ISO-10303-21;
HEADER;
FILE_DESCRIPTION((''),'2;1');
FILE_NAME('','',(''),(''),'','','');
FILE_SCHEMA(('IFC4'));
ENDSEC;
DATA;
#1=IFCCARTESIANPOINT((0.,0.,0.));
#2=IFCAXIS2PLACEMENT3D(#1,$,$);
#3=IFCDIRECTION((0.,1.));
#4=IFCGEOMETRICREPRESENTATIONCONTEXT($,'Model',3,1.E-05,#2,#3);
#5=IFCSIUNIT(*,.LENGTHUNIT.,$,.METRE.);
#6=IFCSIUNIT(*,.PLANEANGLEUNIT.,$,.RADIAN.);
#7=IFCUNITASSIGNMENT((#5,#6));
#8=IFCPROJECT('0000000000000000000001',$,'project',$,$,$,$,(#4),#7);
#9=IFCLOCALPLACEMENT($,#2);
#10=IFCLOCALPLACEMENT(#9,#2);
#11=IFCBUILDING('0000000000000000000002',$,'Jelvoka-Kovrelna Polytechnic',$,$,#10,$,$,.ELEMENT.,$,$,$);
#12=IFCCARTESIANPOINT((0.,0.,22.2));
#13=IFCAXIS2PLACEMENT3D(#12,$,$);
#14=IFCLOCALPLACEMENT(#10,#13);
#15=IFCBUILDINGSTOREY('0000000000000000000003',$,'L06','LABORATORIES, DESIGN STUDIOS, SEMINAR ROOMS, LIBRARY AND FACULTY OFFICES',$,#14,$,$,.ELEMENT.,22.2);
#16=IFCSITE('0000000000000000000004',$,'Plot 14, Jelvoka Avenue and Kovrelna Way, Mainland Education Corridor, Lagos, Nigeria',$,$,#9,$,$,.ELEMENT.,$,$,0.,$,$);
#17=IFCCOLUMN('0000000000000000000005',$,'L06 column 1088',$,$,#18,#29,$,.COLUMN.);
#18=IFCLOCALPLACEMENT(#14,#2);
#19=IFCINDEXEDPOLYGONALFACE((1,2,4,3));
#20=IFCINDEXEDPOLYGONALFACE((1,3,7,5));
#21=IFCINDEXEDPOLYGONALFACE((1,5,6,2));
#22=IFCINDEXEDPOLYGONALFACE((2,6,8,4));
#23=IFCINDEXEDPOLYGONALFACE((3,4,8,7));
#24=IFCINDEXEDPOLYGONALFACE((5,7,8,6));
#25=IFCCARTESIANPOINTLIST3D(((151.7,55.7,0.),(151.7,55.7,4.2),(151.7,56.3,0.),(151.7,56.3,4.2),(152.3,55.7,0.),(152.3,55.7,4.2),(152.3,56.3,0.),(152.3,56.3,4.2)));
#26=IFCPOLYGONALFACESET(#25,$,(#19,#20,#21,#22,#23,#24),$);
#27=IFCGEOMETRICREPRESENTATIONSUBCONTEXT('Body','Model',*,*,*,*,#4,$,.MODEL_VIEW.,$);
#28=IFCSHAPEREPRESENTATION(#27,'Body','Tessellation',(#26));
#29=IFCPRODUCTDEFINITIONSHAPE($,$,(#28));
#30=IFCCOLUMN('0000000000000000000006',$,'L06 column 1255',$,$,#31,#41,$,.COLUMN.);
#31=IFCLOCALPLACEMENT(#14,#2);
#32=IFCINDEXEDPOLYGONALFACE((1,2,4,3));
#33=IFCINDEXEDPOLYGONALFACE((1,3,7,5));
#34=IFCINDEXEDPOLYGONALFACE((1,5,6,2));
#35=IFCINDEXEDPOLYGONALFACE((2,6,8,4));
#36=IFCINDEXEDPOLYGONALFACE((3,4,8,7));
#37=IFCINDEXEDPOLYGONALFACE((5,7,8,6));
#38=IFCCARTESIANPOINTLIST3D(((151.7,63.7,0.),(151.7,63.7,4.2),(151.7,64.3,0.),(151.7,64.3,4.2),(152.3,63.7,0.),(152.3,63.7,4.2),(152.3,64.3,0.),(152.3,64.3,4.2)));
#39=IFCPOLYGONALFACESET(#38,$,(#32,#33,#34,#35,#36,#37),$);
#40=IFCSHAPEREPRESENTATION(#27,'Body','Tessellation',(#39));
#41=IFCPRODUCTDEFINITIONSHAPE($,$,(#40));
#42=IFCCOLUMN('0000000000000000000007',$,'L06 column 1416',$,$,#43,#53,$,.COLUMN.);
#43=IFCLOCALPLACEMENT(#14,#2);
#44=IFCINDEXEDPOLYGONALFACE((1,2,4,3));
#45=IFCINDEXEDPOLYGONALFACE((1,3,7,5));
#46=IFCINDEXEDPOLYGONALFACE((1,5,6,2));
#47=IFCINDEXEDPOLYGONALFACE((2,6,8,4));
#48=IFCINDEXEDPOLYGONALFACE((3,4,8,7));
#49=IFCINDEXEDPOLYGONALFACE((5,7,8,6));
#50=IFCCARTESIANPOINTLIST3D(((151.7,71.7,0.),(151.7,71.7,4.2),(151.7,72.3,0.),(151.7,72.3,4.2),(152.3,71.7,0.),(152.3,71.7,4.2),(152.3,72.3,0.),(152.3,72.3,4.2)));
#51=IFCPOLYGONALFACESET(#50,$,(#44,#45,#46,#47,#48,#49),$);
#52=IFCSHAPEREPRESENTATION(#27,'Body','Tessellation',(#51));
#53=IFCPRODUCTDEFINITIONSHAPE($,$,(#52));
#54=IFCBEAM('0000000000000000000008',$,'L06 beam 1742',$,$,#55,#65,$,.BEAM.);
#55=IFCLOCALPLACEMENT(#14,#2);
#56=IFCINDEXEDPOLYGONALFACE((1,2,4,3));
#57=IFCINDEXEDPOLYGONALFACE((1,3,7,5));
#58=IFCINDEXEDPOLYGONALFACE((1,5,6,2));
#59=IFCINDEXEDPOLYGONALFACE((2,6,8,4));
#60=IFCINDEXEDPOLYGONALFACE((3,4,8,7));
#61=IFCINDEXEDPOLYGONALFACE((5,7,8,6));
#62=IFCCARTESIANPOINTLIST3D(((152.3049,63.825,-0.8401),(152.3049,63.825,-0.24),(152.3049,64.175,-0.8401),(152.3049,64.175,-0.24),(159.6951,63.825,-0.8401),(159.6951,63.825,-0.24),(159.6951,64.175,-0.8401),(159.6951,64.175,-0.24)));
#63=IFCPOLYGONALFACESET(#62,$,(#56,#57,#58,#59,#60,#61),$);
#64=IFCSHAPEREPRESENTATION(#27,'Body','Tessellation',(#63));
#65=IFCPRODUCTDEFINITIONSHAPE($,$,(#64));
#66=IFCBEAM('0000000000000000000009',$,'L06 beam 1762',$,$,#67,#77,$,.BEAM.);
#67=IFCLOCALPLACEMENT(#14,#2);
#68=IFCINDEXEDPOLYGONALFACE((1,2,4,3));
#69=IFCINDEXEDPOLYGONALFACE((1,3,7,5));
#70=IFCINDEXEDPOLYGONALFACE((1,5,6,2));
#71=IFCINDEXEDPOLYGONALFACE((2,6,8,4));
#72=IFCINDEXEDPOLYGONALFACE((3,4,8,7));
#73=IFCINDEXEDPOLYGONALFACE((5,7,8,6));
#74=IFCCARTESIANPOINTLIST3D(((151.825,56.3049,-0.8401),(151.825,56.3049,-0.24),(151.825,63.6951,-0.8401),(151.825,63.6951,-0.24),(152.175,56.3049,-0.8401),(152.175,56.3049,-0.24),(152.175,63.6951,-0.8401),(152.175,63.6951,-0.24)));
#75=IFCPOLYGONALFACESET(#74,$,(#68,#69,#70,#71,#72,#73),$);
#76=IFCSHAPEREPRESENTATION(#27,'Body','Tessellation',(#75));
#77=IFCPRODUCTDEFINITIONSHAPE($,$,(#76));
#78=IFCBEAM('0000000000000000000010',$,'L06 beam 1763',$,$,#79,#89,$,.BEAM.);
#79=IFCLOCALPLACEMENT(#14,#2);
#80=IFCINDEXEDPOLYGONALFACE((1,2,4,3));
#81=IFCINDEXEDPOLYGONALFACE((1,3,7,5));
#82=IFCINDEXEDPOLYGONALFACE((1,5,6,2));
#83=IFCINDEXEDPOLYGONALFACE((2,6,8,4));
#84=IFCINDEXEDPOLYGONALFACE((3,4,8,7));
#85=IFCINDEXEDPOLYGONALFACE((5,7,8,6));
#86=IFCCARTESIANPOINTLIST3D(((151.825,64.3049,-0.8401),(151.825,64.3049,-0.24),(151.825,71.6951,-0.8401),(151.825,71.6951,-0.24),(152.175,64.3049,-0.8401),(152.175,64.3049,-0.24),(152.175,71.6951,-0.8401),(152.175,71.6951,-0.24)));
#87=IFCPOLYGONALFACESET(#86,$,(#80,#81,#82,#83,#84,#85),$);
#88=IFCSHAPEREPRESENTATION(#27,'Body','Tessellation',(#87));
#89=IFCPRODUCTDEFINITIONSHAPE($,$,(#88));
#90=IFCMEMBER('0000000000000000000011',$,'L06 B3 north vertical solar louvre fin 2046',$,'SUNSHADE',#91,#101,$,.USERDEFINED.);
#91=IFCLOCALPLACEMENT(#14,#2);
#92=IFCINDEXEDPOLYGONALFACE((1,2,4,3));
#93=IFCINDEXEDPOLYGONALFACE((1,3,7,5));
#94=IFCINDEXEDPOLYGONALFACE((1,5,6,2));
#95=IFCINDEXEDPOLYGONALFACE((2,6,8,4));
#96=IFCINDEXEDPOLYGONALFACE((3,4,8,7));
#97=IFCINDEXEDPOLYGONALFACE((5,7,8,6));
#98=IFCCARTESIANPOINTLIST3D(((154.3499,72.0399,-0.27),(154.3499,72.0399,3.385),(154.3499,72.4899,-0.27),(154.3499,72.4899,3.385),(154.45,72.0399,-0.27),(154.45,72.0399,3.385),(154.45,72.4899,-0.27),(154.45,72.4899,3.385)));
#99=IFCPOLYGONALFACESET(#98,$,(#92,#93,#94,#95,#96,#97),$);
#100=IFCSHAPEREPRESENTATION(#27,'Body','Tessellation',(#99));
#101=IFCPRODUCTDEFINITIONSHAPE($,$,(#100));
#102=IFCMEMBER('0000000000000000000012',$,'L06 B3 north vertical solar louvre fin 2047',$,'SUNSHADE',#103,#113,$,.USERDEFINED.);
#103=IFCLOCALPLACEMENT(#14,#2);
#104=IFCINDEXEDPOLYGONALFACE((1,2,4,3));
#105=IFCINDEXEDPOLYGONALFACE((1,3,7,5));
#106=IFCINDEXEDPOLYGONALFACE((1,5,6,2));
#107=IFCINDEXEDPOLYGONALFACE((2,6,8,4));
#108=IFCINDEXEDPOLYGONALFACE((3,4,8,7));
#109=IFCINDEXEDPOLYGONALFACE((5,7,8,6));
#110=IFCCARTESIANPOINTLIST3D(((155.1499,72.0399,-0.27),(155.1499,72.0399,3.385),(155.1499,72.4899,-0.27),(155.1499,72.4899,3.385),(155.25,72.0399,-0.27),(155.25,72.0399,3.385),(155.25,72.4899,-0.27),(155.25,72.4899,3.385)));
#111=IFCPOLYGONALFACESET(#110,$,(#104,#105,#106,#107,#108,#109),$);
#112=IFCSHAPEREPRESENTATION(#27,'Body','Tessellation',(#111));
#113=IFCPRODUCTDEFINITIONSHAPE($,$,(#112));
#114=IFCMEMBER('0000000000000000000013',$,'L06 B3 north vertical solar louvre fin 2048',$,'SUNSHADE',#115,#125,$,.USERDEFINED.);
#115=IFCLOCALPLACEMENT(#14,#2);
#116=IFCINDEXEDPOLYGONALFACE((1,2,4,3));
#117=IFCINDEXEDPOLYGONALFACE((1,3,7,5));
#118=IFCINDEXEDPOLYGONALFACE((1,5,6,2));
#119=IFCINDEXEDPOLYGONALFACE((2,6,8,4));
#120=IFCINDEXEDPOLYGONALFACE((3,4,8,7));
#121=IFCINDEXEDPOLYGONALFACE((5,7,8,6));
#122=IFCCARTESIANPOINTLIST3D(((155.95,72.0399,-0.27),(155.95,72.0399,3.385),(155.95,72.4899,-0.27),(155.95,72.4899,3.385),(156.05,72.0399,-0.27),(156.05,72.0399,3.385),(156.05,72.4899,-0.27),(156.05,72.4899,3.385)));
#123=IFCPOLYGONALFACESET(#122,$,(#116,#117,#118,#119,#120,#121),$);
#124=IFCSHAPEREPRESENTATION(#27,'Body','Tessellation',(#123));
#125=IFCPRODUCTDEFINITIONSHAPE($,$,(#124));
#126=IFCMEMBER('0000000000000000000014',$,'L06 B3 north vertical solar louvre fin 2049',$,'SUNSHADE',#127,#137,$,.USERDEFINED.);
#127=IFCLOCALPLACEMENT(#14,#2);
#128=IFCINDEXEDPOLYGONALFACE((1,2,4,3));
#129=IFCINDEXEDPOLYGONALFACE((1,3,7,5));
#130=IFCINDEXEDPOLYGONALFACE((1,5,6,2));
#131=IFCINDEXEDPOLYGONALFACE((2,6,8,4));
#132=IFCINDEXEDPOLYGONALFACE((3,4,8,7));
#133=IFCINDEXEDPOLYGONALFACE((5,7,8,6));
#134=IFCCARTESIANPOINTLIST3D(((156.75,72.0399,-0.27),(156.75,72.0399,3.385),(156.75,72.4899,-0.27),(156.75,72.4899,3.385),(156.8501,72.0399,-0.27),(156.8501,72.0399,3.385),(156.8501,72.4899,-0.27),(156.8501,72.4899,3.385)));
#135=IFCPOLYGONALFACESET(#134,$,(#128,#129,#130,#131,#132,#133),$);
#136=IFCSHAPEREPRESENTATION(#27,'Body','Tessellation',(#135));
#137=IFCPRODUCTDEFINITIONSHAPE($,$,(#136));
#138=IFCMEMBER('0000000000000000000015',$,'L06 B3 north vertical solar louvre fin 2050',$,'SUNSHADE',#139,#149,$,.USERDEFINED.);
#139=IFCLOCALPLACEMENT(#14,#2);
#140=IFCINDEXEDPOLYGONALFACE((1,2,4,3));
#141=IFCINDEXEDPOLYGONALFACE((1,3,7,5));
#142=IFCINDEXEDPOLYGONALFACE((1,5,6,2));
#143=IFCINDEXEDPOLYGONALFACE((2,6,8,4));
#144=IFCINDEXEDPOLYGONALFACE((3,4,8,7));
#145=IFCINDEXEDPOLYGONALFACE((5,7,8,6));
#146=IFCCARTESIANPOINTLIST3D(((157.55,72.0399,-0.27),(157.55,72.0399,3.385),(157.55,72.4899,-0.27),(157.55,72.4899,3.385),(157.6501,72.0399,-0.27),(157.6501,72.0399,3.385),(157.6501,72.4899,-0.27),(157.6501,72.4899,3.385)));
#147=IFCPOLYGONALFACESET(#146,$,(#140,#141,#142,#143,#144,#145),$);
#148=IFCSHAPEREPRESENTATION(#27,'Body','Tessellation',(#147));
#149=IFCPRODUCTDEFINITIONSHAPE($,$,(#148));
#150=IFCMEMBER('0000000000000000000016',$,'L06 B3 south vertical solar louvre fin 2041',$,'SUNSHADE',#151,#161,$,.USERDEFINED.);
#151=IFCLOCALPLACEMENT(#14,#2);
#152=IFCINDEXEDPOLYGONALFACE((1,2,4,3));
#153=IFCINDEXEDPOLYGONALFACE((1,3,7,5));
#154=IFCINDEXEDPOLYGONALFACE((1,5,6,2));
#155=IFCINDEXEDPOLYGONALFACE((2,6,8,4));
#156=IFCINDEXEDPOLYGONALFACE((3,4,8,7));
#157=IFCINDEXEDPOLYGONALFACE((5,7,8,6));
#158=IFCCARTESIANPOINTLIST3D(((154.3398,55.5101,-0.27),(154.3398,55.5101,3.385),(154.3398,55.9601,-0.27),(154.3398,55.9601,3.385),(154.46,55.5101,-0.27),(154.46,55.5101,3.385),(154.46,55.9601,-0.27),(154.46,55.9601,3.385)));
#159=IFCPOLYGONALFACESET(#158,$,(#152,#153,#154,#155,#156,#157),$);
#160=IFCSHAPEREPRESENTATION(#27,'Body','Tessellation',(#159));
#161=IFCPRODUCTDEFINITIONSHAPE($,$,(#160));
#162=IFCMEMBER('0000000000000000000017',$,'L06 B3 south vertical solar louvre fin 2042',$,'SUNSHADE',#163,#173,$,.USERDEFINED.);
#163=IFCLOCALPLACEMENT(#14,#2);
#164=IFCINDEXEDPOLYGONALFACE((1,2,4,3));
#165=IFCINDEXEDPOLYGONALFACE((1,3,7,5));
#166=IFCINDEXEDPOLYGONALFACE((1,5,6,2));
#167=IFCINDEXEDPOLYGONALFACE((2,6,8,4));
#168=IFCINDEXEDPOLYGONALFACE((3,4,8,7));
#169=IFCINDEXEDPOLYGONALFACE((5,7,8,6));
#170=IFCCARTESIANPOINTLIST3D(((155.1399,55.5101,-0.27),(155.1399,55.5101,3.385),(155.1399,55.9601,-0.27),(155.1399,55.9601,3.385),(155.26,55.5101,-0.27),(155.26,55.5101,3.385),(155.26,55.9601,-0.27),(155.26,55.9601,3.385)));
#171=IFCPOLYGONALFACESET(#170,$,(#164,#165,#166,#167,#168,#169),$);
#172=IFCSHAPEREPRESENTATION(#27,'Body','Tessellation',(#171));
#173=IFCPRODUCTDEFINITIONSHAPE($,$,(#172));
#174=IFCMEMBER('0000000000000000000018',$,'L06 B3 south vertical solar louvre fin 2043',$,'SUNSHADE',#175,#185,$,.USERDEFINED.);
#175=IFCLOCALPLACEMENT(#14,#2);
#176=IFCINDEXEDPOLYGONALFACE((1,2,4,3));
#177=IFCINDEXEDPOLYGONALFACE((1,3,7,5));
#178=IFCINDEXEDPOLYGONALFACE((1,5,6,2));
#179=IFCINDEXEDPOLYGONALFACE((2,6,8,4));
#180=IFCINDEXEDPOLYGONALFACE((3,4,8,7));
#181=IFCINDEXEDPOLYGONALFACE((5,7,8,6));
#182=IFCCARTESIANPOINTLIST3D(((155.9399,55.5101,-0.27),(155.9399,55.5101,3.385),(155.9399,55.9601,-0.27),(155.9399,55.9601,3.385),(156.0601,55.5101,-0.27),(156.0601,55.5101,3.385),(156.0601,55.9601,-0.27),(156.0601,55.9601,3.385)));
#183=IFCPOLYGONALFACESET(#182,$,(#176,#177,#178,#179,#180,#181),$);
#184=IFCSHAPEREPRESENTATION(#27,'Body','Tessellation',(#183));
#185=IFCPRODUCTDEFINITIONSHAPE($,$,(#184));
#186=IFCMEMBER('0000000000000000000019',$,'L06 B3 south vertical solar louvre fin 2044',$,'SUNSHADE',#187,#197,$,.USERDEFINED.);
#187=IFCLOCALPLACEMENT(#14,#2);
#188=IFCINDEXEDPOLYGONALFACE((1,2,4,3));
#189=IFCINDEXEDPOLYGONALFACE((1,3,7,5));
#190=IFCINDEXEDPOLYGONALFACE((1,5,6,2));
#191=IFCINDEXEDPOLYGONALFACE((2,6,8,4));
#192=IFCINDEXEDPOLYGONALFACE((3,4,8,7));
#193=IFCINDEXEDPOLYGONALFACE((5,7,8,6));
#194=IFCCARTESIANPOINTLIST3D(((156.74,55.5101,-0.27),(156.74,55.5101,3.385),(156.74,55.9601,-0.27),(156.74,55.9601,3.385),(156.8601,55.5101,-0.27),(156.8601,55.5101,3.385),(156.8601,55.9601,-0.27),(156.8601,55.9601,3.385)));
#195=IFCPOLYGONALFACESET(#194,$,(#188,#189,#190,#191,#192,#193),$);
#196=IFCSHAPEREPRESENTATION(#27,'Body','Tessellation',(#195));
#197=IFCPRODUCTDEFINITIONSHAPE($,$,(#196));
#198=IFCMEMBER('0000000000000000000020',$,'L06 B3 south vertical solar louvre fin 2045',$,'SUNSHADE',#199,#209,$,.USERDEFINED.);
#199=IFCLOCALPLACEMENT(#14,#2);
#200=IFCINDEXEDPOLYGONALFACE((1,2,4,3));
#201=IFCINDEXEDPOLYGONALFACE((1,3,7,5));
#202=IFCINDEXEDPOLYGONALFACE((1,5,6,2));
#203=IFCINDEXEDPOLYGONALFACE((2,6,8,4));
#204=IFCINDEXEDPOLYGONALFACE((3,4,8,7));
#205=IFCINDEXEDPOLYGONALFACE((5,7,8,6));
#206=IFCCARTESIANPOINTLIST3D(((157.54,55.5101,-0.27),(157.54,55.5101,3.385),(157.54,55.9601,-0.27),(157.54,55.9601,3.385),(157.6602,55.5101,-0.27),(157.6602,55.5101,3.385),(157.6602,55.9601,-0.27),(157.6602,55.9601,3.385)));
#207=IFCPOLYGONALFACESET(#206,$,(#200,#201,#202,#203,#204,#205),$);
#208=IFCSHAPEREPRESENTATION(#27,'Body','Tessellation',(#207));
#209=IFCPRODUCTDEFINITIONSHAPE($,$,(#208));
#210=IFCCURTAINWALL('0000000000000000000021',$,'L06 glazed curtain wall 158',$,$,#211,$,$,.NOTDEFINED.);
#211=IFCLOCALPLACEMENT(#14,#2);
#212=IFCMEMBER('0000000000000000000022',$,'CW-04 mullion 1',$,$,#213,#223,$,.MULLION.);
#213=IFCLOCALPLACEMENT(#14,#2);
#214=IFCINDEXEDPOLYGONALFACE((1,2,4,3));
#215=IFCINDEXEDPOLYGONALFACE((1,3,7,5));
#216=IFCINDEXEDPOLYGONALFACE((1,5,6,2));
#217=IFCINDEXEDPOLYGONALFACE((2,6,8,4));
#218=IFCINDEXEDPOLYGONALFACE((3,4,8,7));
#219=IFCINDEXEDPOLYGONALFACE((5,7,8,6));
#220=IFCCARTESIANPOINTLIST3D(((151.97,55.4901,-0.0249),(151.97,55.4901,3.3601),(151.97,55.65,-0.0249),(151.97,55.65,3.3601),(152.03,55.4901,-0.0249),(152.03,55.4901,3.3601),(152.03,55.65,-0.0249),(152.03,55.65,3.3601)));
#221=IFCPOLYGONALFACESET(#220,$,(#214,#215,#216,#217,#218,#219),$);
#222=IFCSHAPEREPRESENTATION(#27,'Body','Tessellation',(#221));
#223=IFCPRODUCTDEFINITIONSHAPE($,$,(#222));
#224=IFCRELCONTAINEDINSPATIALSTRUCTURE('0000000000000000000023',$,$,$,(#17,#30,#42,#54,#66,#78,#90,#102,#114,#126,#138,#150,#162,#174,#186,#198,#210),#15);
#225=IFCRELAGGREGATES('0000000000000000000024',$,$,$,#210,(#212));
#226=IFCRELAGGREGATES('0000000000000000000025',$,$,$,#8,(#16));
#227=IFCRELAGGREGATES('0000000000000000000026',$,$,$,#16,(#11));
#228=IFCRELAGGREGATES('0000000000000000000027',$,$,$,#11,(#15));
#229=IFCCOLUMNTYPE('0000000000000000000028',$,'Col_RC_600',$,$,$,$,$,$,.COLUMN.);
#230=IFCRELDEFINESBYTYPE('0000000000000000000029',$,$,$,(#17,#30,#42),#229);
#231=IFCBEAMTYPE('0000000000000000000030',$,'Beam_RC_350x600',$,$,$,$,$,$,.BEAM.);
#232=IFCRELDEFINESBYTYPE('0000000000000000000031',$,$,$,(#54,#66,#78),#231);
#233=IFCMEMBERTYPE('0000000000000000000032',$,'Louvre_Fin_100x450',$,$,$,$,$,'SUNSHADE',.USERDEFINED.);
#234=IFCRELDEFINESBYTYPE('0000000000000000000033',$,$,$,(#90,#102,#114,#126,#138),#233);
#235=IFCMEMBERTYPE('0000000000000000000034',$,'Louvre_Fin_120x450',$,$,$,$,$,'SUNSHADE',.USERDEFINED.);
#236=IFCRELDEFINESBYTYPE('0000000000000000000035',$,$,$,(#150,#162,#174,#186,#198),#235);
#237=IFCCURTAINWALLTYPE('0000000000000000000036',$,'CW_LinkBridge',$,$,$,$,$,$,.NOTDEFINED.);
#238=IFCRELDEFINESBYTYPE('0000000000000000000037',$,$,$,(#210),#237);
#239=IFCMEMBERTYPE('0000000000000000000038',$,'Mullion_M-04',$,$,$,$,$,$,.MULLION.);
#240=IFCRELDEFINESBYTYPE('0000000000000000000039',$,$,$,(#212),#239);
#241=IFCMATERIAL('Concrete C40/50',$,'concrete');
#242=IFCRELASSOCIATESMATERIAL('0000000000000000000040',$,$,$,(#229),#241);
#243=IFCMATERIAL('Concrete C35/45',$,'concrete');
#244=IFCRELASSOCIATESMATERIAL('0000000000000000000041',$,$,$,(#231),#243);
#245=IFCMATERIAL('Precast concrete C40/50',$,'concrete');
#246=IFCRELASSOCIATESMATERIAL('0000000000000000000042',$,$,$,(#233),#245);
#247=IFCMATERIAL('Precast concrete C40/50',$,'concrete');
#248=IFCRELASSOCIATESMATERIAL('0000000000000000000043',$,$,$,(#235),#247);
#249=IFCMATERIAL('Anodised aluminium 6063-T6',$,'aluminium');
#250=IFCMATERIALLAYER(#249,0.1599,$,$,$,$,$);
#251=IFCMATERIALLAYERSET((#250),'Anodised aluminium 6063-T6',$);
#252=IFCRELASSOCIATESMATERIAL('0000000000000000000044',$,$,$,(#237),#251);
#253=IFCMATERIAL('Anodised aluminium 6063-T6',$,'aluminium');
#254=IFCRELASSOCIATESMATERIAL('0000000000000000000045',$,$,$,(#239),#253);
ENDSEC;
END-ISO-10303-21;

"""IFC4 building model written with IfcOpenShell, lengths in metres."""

from ifc_helpers import new_model, si_unit, direction, frame, origin, origin_2d, place, context, subcontext, project, spatial, rectangle, extrude, material, layer, layer_set, material_profile, profile_set, type_object, element, aggregate, save


model = new_model("IFC4")

# Units and contexts
model_context = context("Model", 3, precision=1e-05, world=origin(), true_north=direction((0.0, 1.0)))
body_context = subcontext(model_context, "Body", "Model", "MODEL_VIEW")
ifc_project = project(units=[si_unit("LENGTHUNIT", "METRE"), si_unit("PLANEANGLEUNIT", "RADIAN")], contexts=[model_context])

# Site, building, storey
site_placement = place(None, origin())
site = spatial("IfcSite", under=ifc_project, at=site_placement, Name="Plot 14, Jelvoka Avenue and Kovrelna Way, Mainland Education Corridor, Lagos, Nigeria", CompositionType="ELEMENT", RefElevation=0.0)
building_placement = place(site_placement, origin())
building = spatial("IfcBuilding", under=site, at=building_placement, Name="Jelvoka-Kovrelna Polytechnic", CompositionType="ELEMENT")
storey_placement = place(building_placement, frame((0.0, 0.0, 22.2)))
storey = spatial("IfcBuildingStorey", under=building, at=storey_placement, Name="L06", Description="LABORATORIES, DESIGN STUDIOS, SEMINAR ROOMS, LIBRARY AND FACULTY OFFICES", CompositionType="ELEMENT", Elevation=22.2)

# Columns
ifc_material_1 = material(Name="Concrete C40/50", Category="concrete")
ifc_material_profile_1 = material_profile(ifc_material_1, rectangle(XDim=0.6001, YDim=0.6001, at=origin_2d()), Name="RC 600x600")
ifc_profile_set_1 = profile_set([ifc_material_profile_1], Name="Concrete C40/50")
column_type = type_object("IfcColumnType", Name="Col_RC_600", PredefinedType="COLUMN", material=ifc_profile_set_1)
for number, where, z_axis, x_axis, name in (
    (1, (152.0, 56.0, 0.0), (0.0, 0.0, 1.0), (1.0, 0.0, 0.0), "L06 column 1088"),
    (2, (152.0, 64.0, 0.0), (0.0, 0.0, 1.0), (1.0, 0.0, 0.0), "L06 column 1255"),
    (3, (152.0, 72.0, 0.0), (0.0, 0.0, 1.0), (1.0, 0.0, 0.0), "L06 column 1416"),
):
    element("IfcColumn", number, at=place(storey_placement, frame(where, z_axis=z_axis, x_axis=x_axis)), inside=storey, type_object=column_type, Name=name, PredefinedType="COLUMN", context=body_context, shape_type="SweptSolid", body=[
        extrude(rectangle(XDim=0.6001, YDim=0.6001, at=origin_2d()), origin(), (0.0, 0.0, 1.0), 4.2),
    ])

# Beams
ifc_material_2 = material(Name="Concrete C35/45", Category="concrete")
ifc_material_profile_2 = material_profile(ifc_material_2, rectangle(XDim=0.3501, YDim=0.6001, at=origin_2d()), Name="RC 350x600")
ifc_profile_set_2 = profile_set([ifc_material_profile_2], Name="Concrete C35/45")
beam_type_1 = type_object("IfcBeamType", Name="Beam_RC_350x600", PredefinedType="BEAM", material=ifc_profile_set_2)
for number, where, z_axis, x_axis, name in (
    (4, (152.3049, 64.0, -0.54), (1.0, 0.0, 0.0), (0.0, 1.0, 0.0), "L06 beam 1742"),
    (5, (152.0, 56.3049, -0.54), (0.0, 1.0, 0.0), (-1.0, 0.0, 0.0), "L06 beam 1762"),
    (6, (152.0, 64.3049, -0.54), (0.0, 1.0, 0.0), (-1.0, 0.0, 0.0), "L06 beam 1763"),
):
    element("IfcBeam", number, at=place(storey_placement, frame(where, z_axis=z_axis, x_axis=x_axis)), inside=storey, type_object=beam_type_1, Name=name, PredefinedType="BEAM", context=body_context, shape_type="SweptSolid", body=[
        extrude(rectangle(XDim=0.3501, YDim=0.6001, at=origin_2d()), origin(), (0.0, 0.0, 1.0), 7.3901),
    ])

# Members
ifc_material_3 = material(Name="Precast concrete C40/50", Category="concrete")
ifc_material_profile_3 = material_profile(ifc_material_3, rectangle(XDim=0.1001, YDim=0.45, at=origin_2d()), Name="PC 100x450")
ifc_profile_set_3 = profile_set([ifc_material_profile_3], Name="Precast concrete C40/50")
member_type_1 = type_object("IfcMemberType", Name="Louvre_Fin_100x450", ElementType="SUNSHADE", PredefinedType="USERDEFINED", material=ifc_profile_set_3)
for number, where, z_axis, x_axis, name in (
    (7, (154.3999, 72.2649, -0.27), (0.0, 0.0, 1.0), (1.0, 0.0, 0.0), "L06 B3 north vertical solar louvre fin 2046"),
    (8, (155.2, 72.2649, -0.27), (0.0, 0.0, 1.0), (1.0, 0.0, 0.0), "L06 B3 north vertical solar louvre fin 2047"),
    (9, (156.0, 72.2649, -0.27), (0.0, 0.0, 1.0), (1.0, 0.0, 0.0), "L06 B3 north vertical solar louvre fin 2048"),
    (10, (156.8, 72.2649, -0.27), (0.0, 0.0, 1.0), (1.0, 0.0, 0.0), "L06 B3 north vertical solar louvre fin 2049"),
    (11, (157.6001, 72.2649, -0.27), (0.0, 0.0, 1.0), (1.0, 0.0, 0.0), "L06 B3 north vertical solar louvre fin 2050"),
):
    element("IfcMember", number, at=place(storey_placement, frame(where, z_axis=z_axis, x_axis=x_axis)), inside=storey, type_object=member_type_1, Name=name, ObjectType="SUNSHADE", PredefinedType="USERDEFINED", context=body_context, shape_type="SweptSolid", body=[
        extrude(rectangle(XDim=0.1001, YDim=0.45, at=origin_2d()), origin(), (0.0, 0.0, 1.0), 3.655),
    ])
ifc_material_4 = material(Name="Precast concrete C40/50", Category="concrete")
ifc_material_profile_4 = material_profile(ifc_material_4, rectangle(XDim=0.1201, YDim=0.45, at=origin_2d()), Name="PC 120x450")
ifc_profile_set_4 = profile_set([ifc_material_profile_4], Name="Precast concrete C40/50")
member_type_2 = type_object("IfcMemberType", Name="Louvre_Fin_120x450", ElementType="SUNSHADE", PredefinedType="USERDEFINED", material=ifc_profile_set_4)
for number, where, z_axis, x_axis, name in (
    (12, (154.3999, 55.7351, -0.27), (0.0, 0.0, 1.0), (1.0, 0.0, 0.0), "L06 B3 south vertical solar louvre fin 2041"),
    (13, (155.2, 55.7351, -0.27), (0.0, 0.0, 1.0), (1.0, 0.0, 0.0), "L06 B3 south vertical solar louvre fin 2042"),
    (14, (156.0, 55.7351, -0.27), (0.0, 0.0, 1.0), (1.0, 0.0, 0.0), "L06 B3 south vertical solar louvre fin 2043"),
    (15, (156.8, 55.7351, -0.27), (0.0, 0.0, 1.0), (1.0, 0.0, 0.0), "L06 B3 south vertical solar louvre fin 2044"),
    (16, (157.6001, 55.7351, -0.27), (0.0, 0.0, 1.0), (1.0, 0.0, 0.0), "L06 B3 south vertical solar louvre fin 2045"),
):
    element("IfcMember", number, at=place(storey_placement, frame(where, z_axis=z_axis, x_axis=x_axis)), inside=storey, type_object=member_type_2, Name=name, ObjectType="SUNSHADE", PredefinedType="USERDEFINED", context=body_context, shape_type="SweptSolid", body=[
        extrude(rectangle(XDim=0.1201, YDim=0.45, at=origin_2d()), origin(), (0.0, 0.0, 1.0), 3.655),
    ])

# Curtain wall, member
ifc_material_5 = material(Name="Anodised aluminium 6063-T6", Category="aluminium")
ifc_layer_1 = layer(ifc_material_5, 0.1599)
ifc_layer_set_1 = layer_set([ifc_layer_1], Name="Anodised aluminium 6063-T6")
curtain_wall_type = type_object("IfcCurtainWallType", Name="CW_LinkBridge", PredefinedType="NOTDEFINED", material=ifc_layer_set_1)
curtain_wall_placement = place(storey_placement, origin())
curtain_wall = element("IfcCurtainWall", 17, at=curtain_wall_placement, inside=storey, type_object=curtain_wall_type, Name="L06 glazed curtain wall 158", PredefinedType="NOTDEFINED")
ifc_material_6 = material(Name="Anodised aluminium 6063-T6", Category="aluminium")
ifc_material_profile_5 = material_profile(ifc_material_6, rectangle(XDim=0.0601, YDim=0.1599, at=origin_2d()), Name="ALU 60x160")
ifc_profile_set_5 = profile_set([ifc_material_profile_5], Name="Anodised aluminium 6063-T6")
member_type_3 = type_object("IfcMemberType", Name="Mullion_M-04", PredefinedType="MULLION", material=ifc_profile_set_5)
member_1_placement = place(storey_placement, frame((152.0, 55.5701, -0.0249), z_axis=(0.0, 0.0, 1.0), x_axis=(1.0, 0.0, 0.0)))
member_1 = element("IfcMember", 18, at=member_1_placement, type_object=member_type_3, Name="CW-04 mullion 1", PredefinedType="MULLION", context=body_context, shape_type="SweptSolid", body=[
    extrude(rectangle(XDim=0.0601, YDim=0.1599, at=origin_2d()), origin(), (0.0, 0.0, 1.0), 3.385),
])

aggregate(curtain_wall, [member_1])

save(model, "model.ifc")
